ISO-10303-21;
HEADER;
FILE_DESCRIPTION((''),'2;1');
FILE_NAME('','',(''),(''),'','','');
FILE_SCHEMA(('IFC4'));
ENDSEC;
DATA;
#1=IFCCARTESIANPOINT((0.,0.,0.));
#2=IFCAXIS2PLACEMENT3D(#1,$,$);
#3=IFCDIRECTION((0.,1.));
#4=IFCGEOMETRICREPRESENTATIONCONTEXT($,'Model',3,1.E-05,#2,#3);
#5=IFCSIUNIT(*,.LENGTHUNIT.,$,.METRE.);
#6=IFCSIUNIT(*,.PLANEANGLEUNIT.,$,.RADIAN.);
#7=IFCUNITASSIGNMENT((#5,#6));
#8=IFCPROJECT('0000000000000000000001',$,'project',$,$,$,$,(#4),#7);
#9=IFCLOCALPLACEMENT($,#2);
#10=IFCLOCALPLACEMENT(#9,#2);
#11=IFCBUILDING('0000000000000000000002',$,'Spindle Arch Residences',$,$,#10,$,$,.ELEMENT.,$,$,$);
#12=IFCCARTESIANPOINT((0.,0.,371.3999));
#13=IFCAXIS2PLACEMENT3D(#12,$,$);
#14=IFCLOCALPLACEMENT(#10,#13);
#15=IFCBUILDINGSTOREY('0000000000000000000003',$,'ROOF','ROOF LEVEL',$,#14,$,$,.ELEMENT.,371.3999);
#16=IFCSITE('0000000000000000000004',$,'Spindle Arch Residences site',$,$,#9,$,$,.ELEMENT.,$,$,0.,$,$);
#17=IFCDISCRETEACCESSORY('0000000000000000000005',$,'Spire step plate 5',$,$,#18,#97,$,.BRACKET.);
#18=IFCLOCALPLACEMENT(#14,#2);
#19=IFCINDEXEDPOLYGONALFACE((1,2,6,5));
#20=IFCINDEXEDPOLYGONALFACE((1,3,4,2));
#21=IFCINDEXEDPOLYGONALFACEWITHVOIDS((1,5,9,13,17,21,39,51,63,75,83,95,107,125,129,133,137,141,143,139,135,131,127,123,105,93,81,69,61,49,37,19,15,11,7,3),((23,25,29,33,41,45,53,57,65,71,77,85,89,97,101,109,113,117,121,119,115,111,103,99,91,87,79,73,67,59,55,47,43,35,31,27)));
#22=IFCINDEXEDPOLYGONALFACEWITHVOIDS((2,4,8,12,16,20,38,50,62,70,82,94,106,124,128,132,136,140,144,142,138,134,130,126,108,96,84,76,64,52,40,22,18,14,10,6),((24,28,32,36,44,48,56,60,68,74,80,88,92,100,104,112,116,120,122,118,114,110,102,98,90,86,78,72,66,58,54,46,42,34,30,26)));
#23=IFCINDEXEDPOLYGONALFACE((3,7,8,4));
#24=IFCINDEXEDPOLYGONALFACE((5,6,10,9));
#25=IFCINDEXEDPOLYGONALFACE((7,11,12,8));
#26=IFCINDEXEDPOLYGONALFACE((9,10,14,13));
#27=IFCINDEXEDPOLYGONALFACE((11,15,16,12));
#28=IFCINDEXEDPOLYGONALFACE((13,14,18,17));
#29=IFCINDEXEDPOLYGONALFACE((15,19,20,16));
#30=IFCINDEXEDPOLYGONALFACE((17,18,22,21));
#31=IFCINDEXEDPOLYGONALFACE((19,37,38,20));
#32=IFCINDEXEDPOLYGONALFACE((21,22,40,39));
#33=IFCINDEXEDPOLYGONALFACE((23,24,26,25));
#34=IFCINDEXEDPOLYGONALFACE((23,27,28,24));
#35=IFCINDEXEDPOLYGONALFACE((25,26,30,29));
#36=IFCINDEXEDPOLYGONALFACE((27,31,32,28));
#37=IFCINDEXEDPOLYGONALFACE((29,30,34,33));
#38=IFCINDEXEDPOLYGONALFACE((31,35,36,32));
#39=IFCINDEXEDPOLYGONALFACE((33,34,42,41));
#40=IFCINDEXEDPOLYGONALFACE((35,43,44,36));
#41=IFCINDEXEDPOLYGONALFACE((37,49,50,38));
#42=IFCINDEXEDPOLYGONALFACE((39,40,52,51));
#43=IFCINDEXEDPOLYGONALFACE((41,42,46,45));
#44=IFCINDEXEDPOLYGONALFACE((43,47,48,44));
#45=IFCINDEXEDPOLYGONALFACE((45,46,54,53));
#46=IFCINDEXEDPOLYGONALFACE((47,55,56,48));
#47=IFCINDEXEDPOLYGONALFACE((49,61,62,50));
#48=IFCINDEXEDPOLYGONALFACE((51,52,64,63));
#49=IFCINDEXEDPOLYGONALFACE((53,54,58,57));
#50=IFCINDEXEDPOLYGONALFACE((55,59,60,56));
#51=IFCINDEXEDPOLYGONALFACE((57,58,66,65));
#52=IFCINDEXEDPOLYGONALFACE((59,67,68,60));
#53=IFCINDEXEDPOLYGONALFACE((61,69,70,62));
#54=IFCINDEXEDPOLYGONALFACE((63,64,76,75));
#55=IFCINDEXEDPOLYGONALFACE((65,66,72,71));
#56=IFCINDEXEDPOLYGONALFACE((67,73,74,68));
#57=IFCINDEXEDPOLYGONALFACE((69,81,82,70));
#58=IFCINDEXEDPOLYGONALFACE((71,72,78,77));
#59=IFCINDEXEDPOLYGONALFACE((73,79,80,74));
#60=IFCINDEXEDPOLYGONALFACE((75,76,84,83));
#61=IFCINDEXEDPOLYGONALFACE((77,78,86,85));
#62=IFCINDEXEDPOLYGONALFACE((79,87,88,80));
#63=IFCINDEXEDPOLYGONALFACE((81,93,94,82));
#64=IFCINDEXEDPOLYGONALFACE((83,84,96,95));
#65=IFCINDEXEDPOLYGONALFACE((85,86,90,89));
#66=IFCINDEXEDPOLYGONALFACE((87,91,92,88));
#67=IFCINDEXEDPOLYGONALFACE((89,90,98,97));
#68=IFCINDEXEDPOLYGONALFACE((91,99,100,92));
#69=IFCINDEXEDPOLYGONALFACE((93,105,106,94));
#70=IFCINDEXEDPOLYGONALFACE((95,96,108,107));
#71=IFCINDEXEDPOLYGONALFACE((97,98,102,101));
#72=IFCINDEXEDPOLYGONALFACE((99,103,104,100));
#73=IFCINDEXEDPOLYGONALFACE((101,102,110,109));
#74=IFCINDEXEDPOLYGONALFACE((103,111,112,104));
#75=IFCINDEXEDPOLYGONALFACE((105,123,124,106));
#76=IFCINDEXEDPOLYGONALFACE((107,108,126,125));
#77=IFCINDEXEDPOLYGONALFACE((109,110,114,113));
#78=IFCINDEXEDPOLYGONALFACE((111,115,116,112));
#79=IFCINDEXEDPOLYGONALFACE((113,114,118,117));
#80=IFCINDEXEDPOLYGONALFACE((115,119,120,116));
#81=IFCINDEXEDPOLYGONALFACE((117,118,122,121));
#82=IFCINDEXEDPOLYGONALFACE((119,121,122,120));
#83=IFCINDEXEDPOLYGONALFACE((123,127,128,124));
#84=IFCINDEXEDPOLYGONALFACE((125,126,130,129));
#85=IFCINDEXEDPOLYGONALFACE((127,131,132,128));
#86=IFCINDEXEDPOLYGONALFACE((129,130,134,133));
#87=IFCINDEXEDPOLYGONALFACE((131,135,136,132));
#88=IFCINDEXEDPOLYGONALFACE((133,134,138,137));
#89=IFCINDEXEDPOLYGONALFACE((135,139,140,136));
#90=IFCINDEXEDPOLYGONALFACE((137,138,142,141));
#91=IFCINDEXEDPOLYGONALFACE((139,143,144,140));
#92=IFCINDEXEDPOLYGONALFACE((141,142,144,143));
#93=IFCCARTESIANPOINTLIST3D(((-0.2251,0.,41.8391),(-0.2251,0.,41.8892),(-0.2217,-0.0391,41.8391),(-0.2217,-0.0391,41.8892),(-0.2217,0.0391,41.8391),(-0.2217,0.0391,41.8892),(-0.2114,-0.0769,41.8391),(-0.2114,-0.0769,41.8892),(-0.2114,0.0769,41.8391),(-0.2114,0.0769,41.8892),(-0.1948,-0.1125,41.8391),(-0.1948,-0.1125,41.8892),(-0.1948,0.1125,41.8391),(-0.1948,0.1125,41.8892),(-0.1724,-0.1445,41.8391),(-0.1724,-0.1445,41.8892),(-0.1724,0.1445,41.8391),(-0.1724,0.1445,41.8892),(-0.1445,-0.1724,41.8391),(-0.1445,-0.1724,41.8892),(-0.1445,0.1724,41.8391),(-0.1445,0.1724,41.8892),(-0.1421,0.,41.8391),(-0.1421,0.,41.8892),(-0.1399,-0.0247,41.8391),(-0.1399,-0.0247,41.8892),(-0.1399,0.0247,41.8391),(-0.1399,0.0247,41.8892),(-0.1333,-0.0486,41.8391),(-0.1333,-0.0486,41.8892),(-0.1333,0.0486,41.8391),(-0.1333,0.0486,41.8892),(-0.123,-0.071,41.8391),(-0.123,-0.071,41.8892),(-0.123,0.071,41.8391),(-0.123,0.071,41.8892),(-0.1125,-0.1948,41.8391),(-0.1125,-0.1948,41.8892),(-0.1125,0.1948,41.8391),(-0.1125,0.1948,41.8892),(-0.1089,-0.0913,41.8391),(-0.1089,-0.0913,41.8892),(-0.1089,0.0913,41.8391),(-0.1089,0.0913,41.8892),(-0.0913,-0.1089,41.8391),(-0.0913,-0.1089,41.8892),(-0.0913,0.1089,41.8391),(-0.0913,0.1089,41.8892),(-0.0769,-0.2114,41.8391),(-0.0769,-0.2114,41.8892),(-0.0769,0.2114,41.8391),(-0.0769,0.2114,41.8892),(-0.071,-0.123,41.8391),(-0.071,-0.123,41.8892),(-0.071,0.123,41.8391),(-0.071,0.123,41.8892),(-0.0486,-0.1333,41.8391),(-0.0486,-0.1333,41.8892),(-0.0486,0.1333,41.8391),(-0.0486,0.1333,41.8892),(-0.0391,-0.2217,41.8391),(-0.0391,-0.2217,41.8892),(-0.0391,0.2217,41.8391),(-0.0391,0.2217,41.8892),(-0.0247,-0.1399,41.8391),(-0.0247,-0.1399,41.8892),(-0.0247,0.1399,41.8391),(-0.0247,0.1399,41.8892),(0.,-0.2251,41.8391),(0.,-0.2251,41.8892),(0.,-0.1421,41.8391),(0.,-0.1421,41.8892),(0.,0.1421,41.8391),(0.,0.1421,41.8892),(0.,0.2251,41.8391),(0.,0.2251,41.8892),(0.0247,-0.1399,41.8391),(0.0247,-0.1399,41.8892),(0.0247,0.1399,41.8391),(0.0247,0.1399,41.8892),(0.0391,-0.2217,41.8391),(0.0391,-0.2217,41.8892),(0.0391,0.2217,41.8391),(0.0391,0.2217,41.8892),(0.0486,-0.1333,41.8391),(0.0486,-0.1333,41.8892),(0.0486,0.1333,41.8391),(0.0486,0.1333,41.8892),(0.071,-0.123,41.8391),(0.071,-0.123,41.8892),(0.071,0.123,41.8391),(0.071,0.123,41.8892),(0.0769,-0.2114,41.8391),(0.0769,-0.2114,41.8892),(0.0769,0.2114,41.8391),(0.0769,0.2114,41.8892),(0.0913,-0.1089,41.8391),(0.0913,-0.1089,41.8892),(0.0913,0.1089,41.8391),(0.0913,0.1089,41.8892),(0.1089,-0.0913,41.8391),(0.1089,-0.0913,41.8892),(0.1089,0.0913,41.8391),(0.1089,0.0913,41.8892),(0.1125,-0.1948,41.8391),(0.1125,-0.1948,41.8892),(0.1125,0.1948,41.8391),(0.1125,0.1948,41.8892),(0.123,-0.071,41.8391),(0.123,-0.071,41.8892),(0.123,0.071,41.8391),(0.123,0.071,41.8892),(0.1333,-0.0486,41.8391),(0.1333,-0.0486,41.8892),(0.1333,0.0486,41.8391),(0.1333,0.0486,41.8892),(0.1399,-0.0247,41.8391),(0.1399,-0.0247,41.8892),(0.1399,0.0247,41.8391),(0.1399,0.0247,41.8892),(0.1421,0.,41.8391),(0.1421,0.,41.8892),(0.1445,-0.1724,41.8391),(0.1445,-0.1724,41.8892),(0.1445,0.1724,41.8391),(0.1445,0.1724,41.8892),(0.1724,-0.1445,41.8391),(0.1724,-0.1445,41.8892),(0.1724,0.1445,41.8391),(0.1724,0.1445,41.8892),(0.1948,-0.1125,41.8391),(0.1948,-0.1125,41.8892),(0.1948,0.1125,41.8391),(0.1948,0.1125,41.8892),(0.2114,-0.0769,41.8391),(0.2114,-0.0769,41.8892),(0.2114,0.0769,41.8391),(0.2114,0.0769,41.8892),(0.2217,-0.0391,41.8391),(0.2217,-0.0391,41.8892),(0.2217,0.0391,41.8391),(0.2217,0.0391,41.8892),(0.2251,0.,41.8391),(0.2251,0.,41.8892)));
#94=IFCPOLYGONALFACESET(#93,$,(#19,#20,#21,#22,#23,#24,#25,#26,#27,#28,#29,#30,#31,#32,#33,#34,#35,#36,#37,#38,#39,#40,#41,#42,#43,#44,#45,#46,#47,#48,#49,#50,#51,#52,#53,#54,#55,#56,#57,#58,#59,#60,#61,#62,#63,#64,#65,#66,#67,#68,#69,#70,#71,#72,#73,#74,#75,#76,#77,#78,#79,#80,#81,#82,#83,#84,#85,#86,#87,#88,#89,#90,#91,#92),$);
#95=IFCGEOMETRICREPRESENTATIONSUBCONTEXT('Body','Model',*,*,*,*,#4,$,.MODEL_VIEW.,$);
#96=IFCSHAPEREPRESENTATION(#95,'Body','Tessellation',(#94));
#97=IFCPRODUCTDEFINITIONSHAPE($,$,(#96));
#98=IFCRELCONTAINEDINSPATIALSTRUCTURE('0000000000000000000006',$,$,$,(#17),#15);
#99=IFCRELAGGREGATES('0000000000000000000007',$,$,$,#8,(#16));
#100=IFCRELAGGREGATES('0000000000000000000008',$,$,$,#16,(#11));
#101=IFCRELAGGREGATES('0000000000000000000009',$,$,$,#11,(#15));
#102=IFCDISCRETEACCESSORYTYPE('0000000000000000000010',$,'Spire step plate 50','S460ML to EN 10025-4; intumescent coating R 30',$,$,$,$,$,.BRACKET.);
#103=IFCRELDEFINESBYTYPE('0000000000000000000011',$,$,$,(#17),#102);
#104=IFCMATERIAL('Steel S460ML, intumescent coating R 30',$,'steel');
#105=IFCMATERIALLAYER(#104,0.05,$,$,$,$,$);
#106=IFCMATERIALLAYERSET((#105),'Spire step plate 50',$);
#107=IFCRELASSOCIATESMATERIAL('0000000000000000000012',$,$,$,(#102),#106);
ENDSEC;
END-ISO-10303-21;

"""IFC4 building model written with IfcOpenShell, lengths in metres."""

from ifc_helpers import new_model, si_unit, direction, frame, origin, place, context, subcontext, project, spatial, polyline, outline, extrude, material, layer, layer_set, type_object, element, save


model = new_model("IFC4")

# Units and contexts
model_context = context("Model", 3, precision=1e-05, world=origin(), true_north=direction((0.0, 1.0)))
body_context = subcontext(model_context, "Body", "Model", "MODEL_VIEW")
ifc_project = project(units=[si_unit("LENGTHUNIT", "METRE"), si_unit("PLANEANGLEUNIT", "RADIAN")], contexts=[model_context])

# Site, building, storey
site_placement = place(None, origin())
site = spatial("IfcSite", under=ifc_project, at=site_placement, Name="Spindle Arch Residences site", CompositionType="ELEMENT", RefElevation=0.0)
building_placement = place(site_placement, origin())
building = spatial("IfcBuilding", under=site, at=building_placement, Name="Spindle Arch Residences", CompositionType="ELEMENT")
storey_placement = place(building_placement, frame((0.0, 0.0, 371.3999)))
storey = spatial("IfcBuildingStorey", under=building, at=storey_placement, Name="ROOF", Description="ROOF LEVEL", CompositionType="ELEMENT", Elevation=371.3999)

# Discrete accessory
ifc_material_1 = material(Name="Steel S460ML, intumescent coating R 30", Category="steel")
ifc_layer_1 = layer(ifc_material_1, 0.05)
ifc_layer_set_1 = layer_set([ifc_layer_1], Name="Spire step plate 50")
discrete_accessory_type_1 = type_object("IfcDiscreteAccessoryType", Name="Spire step plate 50", Description="S460ML to EN 10025-4; intumescent coating R 30", PredefinedType="BRACKET", material=ifc_layer_set_1)
discrete_accessory_1_placement = place(storey_placement, frame((0.0, 0.0, 41.8391)))
element("IfcDiscreteAccessory", 1, at=discrete_accessory_1_placement, inside=storey, type_object=discrete_accessory_type_1, Name="Spire step plate 5", PredefinedType="BRACKET", context=body_context, shape_type="SweptSolid", body=[
    extrude(outline(polyline([(0.2217, -0.0391), (0.2114, -0.0769), (0.1948, -0.1125), (0.1724, -0.1445), (0.1445, -0.1724), (0.1125, -0.1948), (0.0769, -0.2114), (0.0391, -0.2217), (0.0, -0.2251), (-0.0391, -0.2217), (-0.0769, -0.2114), (-0.1125, -0.1948), (-0.1445, -0.1724), (-0.1724, -0.1445), (-0.1948, -0.1125), (-0.2114, -0.0769), (-0.2217, -0.0391), (-0.2251, 0.0), (-0.2217, 0.0391), (-0.2114, 0.0769), (-0.1948, 0.1125), (-0.1724, 0.1445), (-0.1445, 0.1724), (-0.1125, 0.1948), (-0.0769, 0.2114), (-0.0391, 0.2217), (0.0, 0.2251), (0.0391, 0.2217), (0.0769, 0.2114), (0.1125, 0.1948), (0.1445, 0.1724), (0.1724, 0.1445), (0.1948, 0.1125), (0.2114, 0.0769), (0.2217, 0.0391), (0.2251, 0.0), (0.2217, -0.0391)]), holes=[polyline([(0.1399, 0.0247), (0.1333, 0.0486), (0.123, 0.071), (0.1089, 0.0913), (0.0913, 0.1089), (0.071, 0.123), (0.0486, 0.1333), (0.0247, 0.1399), (0.0, 0.1421), (-0.0247, 0.1399), (-0.0486, 0.1333), (-0.071, 0.123), (-0.0913, 0.1089), (-0.1089, 0.0913), (-0.123, 0.071), (-0.1333, 0.0486), (-0.1399, 0.0247), (-0.1421, 0.0), (-0.1399, -0.0247), (-0.1333, -0.0486), (-0.123, -0.071), (-0.1089, -0.0913), (-0.0913, -0.1089), (-0.071, -0.123), (-0.0486, -0.1333), (-0.0247, -0.1399), (0.0, -0.1421), (0.0247, -0.1399), (0.0486, -0.1333), (0.071, -0.123), (0.0913, -0.1089), (0.1089, -0.0913), (0.123, -0.071), (0.1333, -0.0486), (0.1399, -0.0247), (0.1421, 0.0), (0.1399, 0.0247)])]), origin(), (0.0, 0.0, 1.0), 0.05),
])

save(model, "model.ifc")
